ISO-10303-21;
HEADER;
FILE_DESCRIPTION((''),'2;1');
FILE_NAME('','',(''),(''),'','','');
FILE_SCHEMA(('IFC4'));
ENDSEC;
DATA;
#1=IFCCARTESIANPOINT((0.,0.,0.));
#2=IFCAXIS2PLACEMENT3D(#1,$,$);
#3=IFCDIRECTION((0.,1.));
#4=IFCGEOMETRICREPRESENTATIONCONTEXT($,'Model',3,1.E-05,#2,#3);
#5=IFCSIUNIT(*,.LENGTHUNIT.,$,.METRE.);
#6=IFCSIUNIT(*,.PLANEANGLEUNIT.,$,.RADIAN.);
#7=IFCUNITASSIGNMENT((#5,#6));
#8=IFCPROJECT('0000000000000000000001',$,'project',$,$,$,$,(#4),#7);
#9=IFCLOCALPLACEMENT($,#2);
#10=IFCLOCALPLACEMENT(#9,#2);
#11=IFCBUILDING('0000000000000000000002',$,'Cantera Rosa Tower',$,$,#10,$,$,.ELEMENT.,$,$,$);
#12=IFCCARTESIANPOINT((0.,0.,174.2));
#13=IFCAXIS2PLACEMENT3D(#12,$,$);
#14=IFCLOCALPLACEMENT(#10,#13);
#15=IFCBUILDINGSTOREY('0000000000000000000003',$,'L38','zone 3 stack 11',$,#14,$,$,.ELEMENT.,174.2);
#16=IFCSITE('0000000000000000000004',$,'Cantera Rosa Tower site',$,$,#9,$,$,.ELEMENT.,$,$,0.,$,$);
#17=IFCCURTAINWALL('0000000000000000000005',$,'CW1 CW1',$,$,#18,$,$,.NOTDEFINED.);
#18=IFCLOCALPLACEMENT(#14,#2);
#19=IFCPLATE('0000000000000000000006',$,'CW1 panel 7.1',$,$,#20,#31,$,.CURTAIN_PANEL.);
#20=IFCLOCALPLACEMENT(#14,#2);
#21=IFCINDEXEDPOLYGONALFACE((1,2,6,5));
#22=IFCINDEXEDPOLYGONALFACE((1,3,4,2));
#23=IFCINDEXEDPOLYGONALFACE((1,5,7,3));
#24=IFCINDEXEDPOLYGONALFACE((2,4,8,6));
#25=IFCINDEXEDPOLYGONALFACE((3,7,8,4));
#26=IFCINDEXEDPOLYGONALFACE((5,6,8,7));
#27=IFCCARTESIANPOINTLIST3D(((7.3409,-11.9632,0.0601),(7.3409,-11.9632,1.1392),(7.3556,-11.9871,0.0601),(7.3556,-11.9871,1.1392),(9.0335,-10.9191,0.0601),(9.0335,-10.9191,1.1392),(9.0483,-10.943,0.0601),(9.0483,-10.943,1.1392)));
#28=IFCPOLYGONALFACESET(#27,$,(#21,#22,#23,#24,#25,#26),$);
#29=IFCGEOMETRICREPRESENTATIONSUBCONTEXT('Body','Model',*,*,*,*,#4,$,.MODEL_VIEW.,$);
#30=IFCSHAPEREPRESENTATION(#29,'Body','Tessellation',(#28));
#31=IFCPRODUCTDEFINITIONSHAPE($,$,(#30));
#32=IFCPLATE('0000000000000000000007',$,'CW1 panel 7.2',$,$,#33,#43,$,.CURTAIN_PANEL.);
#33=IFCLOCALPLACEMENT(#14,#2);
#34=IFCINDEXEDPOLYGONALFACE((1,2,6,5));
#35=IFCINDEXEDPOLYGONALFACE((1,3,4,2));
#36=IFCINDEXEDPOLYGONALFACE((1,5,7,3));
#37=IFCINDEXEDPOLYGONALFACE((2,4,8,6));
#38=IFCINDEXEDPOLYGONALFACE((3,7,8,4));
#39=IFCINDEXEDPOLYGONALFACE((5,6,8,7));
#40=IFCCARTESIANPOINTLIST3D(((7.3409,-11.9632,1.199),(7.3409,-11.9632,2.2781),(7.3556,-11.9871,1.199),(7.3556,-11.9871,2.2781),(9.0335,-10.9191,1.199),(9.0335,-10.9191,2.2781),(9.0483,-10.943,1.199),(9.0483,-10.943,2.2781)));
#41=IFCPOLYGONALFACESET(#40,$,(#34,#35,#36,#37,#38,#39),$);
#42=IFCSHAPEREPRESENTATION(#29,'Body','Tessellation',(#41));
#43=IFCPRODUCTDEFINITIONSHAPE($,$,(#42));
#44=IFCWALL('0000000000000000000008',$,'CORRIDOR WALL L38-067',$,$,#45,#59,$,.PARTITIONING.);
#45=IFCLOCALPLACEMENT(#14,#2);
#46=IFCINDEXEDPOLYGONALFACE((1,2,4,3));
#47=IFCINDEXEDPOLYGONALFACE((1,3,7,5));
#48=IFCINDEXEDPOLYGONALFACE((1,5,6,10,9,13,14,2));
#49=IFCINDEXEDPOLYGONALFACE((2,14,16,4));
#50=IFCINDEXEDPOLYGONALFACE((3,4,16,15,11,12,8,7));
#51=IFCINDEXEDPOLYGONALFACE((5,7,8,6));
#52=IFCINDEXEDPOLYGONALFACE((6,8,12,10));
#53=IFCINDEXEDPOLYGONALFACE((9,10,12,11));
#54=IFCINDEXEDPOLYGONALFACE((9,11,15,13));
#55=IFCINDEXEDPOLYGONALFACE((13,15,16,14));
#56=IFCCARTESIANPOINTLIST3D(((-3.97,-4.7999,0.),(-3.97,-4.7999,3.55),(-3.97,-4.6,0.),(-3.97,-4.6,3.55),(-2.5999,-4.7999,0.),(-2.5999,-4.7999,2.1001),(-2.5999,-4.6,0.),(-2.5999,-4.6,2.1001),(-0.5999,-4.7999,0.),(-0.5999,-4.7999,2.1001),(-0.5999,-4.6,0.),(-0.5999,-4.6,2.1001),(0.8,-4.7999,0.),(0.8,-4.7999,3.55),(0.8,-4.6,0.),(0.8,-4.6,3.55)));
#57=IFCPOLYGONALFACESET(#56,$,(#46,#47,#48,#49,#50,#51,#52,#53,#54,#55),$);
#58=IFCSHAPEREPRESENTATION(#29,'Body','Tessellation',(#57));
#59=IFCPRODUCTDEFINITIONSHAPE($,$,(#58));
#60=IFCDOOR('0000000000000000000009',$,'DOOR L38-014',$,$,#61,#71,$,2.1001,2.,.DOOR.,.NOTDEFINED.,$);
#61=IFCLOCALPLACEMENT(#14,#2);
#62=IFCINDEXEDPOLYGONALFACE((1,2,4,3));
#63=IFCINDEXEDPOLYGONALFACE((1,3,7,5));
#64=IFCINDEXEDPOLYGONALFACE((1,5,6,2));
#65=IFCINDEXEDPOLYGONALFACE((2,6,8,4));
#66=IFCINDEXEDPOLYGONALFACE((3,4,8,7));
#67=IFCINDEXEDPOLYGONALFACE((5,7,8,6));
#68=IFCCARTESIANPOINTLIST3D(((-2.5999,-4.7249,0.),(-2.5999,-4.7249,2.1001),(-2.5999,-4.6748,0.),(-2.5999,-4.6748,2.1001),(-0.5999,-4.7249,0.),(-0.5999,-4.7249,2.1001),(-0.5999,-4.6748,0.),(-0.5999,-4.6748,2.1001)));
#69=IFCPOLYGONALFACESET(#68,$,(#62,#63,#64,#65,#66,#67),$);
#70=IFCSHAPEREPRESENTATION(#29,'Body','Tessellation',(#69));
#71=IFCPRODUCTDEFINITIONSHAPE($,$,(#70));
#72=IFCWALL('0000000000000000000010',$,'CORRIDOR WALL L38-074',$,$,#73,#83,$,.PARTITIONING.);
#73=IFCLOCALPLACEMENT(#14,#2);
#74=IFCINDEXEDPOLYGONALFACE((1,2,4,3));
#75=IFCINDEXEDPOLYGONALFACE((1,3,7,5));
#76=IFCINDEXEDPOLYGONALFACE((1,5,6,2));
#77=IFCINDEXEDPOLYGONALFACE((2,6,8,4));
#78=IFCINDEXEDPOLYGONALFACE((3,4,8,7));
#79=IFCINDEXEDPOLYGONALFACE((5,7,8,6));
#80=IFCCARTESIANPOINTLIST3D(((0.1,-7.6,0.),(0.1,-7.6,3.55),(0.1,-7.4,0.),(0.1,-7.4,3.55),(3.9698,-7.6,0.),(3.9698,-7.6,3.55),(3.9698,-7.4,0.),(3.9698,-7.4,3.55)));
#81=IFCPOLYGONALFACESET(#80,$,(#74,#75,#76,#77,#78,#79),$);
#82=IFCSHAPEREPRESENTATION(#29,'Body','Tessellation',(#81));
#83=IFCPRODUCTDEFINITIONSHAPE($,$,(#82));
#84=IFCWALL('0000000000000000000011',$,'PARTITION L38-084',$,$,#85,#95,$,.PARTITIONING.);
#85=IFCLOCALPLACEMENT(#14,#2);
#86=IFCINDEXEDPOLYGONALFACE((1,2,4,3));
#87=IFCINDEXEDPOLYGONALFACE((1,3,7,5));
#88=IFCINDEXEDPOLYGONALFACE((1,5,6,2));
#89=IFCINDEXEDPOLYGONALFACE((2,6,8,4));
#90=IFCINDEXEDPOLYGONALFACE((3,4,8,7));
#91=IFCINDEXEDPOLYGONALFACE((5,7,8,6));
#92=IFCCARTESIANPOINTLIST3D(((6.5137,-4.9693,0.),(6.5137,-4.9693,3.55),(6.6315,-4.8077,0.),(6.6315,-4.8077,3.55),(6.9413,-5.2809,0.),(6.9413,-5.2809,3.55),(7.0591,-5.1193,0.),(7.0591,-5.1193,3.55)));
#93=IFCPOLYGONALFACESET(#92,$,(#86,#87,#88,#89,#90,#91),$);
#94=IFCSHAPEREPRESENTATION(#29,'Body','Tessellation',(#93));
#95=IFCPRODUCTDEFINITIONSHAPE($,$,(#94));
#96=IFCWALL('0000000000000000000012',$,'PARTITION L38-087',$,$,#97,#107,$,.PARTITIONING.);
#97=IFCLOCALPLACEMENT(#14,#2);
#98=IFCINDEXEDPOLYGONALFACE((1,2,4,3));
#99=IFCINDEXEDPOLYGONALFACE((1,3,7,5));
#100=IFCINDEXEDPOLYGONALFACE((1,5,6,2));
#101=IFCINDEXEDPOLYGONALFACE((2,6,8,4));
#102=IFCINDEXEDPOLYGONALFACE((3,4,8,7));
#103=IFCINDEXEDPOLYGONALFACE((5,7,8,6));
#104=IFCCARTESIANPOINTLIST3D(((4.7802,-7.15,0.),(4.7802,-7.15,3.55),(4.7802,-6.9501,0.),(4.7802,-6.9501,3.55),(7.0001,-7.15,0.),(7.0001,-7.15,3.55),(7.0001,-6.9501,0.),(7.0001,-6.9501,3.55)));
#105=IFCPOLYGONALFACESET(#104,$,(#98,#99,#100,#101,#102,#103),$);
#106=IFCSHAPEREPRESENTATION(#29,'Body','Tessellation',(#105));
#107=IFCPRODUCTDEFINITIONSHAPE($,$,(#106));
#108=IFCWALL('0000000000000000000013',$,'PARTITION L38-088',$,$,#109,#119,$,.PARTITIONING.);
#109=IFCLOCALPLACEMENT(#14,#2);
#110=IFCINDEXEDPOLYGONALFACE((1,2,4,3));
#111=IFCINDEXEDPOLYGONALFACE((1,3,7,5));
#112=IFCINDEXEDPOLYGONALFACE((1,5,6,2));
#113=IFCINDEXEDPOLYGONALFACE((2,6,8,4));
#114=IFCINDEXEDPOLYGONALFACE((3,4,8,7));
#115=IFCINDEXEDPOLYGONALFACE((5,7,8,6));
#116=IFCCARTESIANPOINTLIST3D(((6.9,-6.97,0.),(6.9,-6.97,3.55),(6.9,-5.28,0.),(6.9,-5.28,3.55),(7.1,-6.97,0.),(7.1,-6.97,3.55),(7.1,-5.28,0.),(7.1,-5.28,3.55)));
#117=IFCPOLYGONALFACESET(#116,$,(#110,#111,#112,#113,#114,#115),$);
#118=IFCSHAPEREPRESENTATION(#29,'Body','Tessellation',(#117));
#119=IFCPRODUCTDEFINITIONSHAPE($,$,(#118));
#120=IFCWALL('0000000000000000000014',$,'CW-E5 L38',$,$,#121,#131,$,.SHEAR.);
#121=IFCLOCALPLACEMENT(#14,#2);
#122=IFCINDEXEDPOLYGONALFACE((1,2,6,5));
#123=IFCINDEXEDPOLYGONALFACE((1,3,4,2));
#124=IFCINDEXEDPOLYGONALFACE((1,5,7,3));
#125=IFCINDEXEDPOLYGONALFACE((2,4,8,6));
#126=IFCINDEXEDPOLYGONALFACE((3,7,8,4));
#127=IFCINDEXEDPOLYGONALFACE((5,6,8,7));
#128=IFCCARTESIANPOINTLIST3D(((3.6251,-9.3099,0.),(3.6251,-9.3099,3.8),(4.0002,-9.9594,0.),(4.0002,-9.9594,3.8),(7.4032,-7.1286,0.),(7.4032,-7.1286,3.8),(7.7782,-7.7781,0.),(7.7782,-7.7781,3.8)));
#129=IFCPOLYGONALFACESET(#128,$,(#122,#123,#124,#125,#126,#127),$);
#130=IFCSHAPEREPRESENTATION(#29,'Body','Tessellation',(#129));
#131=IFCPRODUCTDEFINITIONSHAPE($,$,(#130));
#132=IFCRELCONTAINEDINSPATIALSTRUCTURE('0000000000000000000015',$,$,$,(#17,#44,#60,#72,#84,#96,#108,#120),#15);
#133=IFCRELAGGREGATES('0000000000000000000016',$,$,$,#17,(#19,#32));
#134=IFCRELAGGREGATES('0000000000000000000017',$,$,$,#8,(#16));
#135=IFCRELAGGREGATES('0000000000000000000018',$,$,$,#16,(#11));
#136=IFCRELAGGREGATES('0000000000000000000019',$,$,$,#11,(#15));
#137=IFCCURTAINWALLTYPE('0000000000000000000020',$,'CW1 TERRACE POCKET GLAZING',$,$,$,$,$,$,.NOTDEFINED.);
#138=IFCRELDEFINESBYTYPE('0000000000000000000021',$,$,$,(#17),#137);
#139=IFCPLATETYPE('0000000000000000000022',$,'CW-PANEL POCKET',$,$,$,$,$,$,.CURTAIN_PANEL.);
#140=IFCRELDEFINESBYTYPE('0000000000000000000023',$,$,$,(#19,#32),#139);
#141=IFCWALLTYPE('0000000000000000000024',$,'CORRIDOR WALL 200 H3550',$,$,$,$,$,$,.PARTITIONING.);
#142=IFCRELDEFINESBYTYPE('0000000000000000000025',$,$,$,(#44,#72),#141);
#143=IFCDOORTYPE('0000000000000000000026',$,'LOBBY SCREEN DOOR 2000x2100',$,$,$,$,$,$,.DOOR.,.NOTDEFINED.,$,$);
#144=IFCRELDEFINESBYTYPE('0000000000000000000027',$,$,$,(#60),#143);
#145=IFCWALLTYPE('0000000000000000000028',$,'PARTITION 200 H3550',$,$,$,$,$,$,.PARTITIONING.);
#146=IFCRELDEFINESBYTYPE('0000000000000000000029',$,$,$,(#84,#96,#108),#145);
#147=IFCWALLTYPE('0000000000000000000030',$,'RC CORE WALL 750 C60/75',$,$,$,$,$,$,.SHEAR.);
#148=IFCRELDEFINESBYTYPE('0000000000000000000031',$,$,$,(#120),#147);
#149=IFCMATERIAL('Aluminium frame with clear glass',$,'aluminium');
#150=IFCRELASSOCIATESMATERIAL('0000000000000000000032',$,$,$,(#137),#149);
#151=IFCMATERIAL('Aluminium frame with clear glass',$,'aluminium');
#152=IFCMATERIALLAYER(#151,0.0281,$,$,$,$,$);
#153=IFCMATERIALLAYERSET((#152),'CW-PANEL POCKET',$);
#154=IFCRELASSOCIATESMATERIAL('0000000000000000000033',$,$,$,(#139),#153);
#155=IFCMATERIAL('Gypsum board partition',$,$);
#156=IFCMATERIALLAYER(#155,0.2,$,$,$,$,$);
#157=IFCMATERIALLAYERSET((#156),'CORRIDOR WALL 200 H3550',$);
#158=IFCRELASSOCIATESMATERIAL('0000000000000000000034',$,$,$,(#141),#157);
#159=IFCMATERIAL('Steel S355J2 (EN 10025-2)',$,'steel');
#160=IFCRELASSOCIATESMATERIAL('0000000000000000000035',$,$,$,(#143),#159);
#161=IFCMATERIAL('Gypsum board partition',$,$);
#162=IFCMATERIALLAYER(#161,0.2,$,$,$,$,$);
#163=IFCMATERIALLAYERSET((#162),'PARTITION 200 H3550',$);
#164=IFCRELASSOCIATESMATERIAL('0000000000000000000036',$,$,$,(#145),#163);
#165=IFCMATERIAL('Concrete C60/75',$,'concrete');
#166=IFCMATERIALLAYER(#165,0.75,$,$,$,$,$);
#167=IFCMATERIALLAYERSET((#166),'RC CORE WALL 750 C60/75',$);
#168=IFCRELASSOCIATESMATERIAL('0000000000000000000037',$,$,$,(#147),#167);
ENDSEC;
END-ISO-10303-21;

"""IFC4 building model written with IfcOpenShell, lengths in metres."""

from ifc_helpers import new_model, si_unit, direction, frame, frame_2d, origin, origin_2d, place, context, subcontext, project, spatial, rectangle, extrude, material, layer, layer_set, type_object, element, fill, aggregate, save


model = new_model("IFC4")

# Units and contexts
model_context = context("Model", 3, precision=1e-05, world=origin(), true_north=direction((0.0, 1.0)))
body_context = subcontext(model_context, "Body", "Model", "MODEL_VIEW")
ifc_project = project(units=[si_unit("LENGTHUNIT", "METRE"), si_unit("PLANEANGLEUNIT", "RADIAN")], contexts=[model_context])

# Site, building, storey
site_placement = place(None, origin())
site = spatial("IfcSite", under=ifc_project, at=site_placement, Name="Cantera Rosa Tower site", CompositionType="ELEMENT", RefElevation=0.0)
building_placement = place(site_placement, origin())
building = spatial("IfcBuilding", under=site, at=building_placement, Name="Cantera Rosa Tower", CompositionType="ELEMENT")
storey_placement = place(building_placement, frame((0.0, 0.0, 174.2)))
storey = spatial("IfcBuildingStorey", under=building, at=storey_placement, Name="L38", Description="zone 3 stack 11", CompositionType="ELEMENT", Elevation=174.2)

# Curtain wall, plates
ifc_material_1 = material(Name="Aluminium frame with clear glass", Category="aluminium")
curtain_wall_type = type_object("IfcCurtainWallType", Name="CW1 TERRACE POCKET GLAZING", PredefinedType="NOTDEFINED", material=ifc_material_1)
curtain_wall_placement = place(storey_placement, origin())
curtain_wall = element("IfcCurtainWall", 1, at=curtain_wall_placement, inside=storey, type_object=curtain_wall_type, Name="CW1 CW1", PredefinedType="NOTDEFINED")
ifc_material_2 = material(Name="Aluminium frame with clear glass", Category="aluminium")
ifc_layer_1 = layer(ifc_material_2, 0.0281)
ifc_layer_set_1 = layer_set([ifc_layer_1], Name="CW-PANEL POCKET")
plate_type = type_object("IfcPlateType", Name="CW-PANEL POCKET", PredefinedType="CURTAIN_PANEL", material=ifc_layer_set_1)
plate_1_placement = place(storey_placement, frame((8.1946, -11.4531, 0.0601), z_axis=(0.0, 0.0, 1.0), x_axis=(0.851117, 0.524977, 0.0)))
plate_1 = element("IfcPlate", 2, at=plate_1_placement, type_object=plate_type, Name="CW1 panel 7.1", PredefinedType="CURTAIN_PANEL", context=body_context, shape_type="SweptSolid", body=[
    extrude(rectangle(XDim=1.9888, YDim=0.0281, at=origin_2d()), origin(), (0.0, 0.0, 1.0), 1.0791),
])
plate_2_placement = place(storey_placement, frame((8.1946, -11.4531, 1.199), z_axis=(0.0, 0.0, 1.0), x_axis=(0.851117, 0.524977, 0.0)))
plate_2 = element("IfcPlate", 3, at=plate_2_placement, type_object=plate_type, Name="CW1 panel 7.2", PredefinedType="CURTAIN_PANEL", context=body_context, shape_type="SweptSolid", body=[
    extrude(rectangle(XDim=1.9888, YDim=0.0281, at=origin_2d()), origin(), (0.0, 0.0, 1.0), 1.0791),
])
aggregate(curtain_wall, [plate_1, plate_2])

# Wall, opening, door
ifc_material_3 = material(Name="Gypsum board partition")
ifc_layer_2 = layer(ifc_material_3, 0.2)
ifc_layer_set_2 = layer_set([ifc_layer_2], Name="CORRIDOR WALL 200 H3550")
wall_type_1 = type_object("IfcWallType", Name="CORRIDOR WALL 200 H3550", PredefinedType="PARTITIONING", material=ifc_layer_set_2)
wall_1_placement = place(storey_placement, frame((0.8, -4.7, 0.0), z_axis=(0.0, 0.0, 1.0), x_axis=(-1.0, 0.0, 0.0)))
wall_1 = element("IfcWall", 4, at=wall_1_placement, inside=storey, type_object=wall_type_1, Name="CORRIDOR WALL L38-067", PredefinedType="PARTITIONING", context=body_context, shape_type="SweptSolid", body=[
    extrude(rectangle(XDim=4.77, YDim=0.2, at=frame_2d((2.385, 0.0))), origin(), (0.0, 0.0, 1.0), 3.55),
])
opening_1_placement = place(wall_1_placement, frame((1.3999, 0.0, 0.0)))
opening_1 = element("IfcOpeningElement", 5, at=opening_1_placement, cuts=wall_1, PredefinedType="OPENING", context=body_context, shape_type="SweptSolid", body=[
    extrude(rectangle(XDim=2.0, YDim=2.1001, at=frame_2d((1.0, 1.05))), frame((0.0, 0.1099, 0.0), z_axis=(0.0, -1.0, 0.0), x_axis=(1.0, 0.0, 0.0)), (0.0, 0.0, 1.0), 0.22),
])
ifc_material_4 = material(Name="Steel S355J2 (EN 10025-2)", Category="steel")
door_type_1 = type_object("IfcDoorType", Name="LOBBY SCREEN DOOR 2000x2100", OperationType="NOTDEFINED", PredefinedType="DOOR", material=ifc_material_4)
door_1_placement = place(opening_1_placement, origin())
door_1 = element("IfcDoor", 6, at=door_1_placement, inside=storey, type_object=door_type_1, Name="DOOR L38-014", OperationType="NOTDEFINED", OverallHeight=2.1001, OverallWidth=2.0, PredefinedType="DOOR", context=body_context, shape_type="SweptSolid", body=[
    extrude(rectangle(XDim=2.0, YDim=2.1001, at=frame_2d((1.0, 1.05))), frame((0.0, 0.0249, 0.0), z_axis=(0.0, -1.0, 0.0), x_axis=(1.0, 0.0, 0.0)), (0.0, 0.0, 1.0), 0.05),
])
fill(opening_1, door_1)

# Walls
wall_2_placement = place(storey_placement, frame((3.97, -7.5, 0.0), z_axis=(0.0, 0.0, 1.0), x_axis=(-1.0, 0.0, 0.0)))
element("IfcWall", 7, at=wall_2_placement, inside=storey, type_object=wall_type_1, Name="CORRIDOR WALL L38-074", PredefinedType="PARTITIONING", context=body_context, shape_type="SweptSolid", body=[
    extrude(rectangle(XDim=3.8699, YDim=0.2, at=frame_2d((1.9351, 0.0))), origin(), (0.0, 0.0, 1.0), 3.55),
])
ifc_material_5 = material(Name="Gypsum board partition")
ifc_layer_3 = layer(ifc_material_5, 0.2)
ifc_layer_set_3 = layer_set([ifc_layer_3], Name="PARTITION 200 H3550")
wall_type_2 = type_object("IfcWallType", Name="PARTITION 200 H3550", PredefinedType="PARTITIONING", material=ifc_layer_set_3)
wall_3_placement = place(storey_placement, frame((6.5725, -4.8884, 0.0), z_axis=(0.0, 0.0, 1.0), x_axis=(0.808177, -0.58894, 0.0)))
element("IfcWall", 8, at=wall_3_placement, inside=storey, type_object=wall_type_2, Name="PARTITION L38-084", PredefinedType="PARTITIONING", context=body_context, shape_type="SweptSolid", body=[
    extrude(rectangle(XDim=0.5291, YDim=0.2, at=frame_2d((0.2646, 0.0))), origin(), (0.0, 0.0, 1.0), 3.55),
])
wall_4_placement = place(storey_placement, frame((7.0, -7.05, 0.0), z_axis=(0.0, 0.0, 1.0), x_axis=(-1.0, 0.0, 0.0)))
element("IfcWall", 9, at=wall_4_placement, inside=storey, type_object=wall_type_2, Name="PARTITION L38-087", PredefinedType="PARTITIONING", context=body_context, shape_type="SweptSolid", body=[
    extrude(rectangle(XDim=2.22, YDim=0.2, at=frame_2d((1.1099, 0.0))), origin(), (0.0, 0.0, 1.0), 3.55),
])
wall_5_placement = place(storey_placement, frame((7.0, -5.28, 0.0), z_axis=(0.0, 0.0, 1.0), x_axis=(0.0, -1.0, 0.0)))
element("IfcWall", 10, at=wall_5_placement, inside=storey, type_object=wall_type_2, Name="PARTITION L38-088", PredefinedType="PARTITIONING", context=body_context, shape_type="SweptSolid", body=[
    extrude(rectangle(XDim=1.6899, YDim=0.2, at=frame_2d((0.845, 0.0))), origin(), (0.0, 0.0, 1.0), 3.55),
])
ifc_material_6 = material(Name="Concrete C60/75", Category="concrete")
ifc_layer_4 = layer(ifc_material_6, 0.75)
ifc_layer_set_4 = layer_set([ifc_layer_4], Name="RC CORE WALL 750 C60/75")
wall_type_3 = type_object("IfcWallType", Name="RC CORE WALL 750 C60/75", PredefinedType="SHEAR", material=ifc_layer_set_4)
wall_6_placement = place(storey_placement, frame((7.5906, -7.4534, 0.0), z_axis=(0.0, 0.0, 1.0), x_axis=(-0.866013, -0.500021, 0.0)))
element("IfcWall", 11, at=wall_6_placement, inside=storey, type_object=wall_type_3, Name="CW-E5 L38", PredefinedType="SHEAR", context=body_context, shape_type="SweptSolid", body=[
    extrude(rectangle(XDim=4.3625, YDim=0.75, at=frame_2d((2.1812, 0.0))), origin(), (0.0, 0.0, 1.0), 3.8),
])

save(model, "model.ifc")
